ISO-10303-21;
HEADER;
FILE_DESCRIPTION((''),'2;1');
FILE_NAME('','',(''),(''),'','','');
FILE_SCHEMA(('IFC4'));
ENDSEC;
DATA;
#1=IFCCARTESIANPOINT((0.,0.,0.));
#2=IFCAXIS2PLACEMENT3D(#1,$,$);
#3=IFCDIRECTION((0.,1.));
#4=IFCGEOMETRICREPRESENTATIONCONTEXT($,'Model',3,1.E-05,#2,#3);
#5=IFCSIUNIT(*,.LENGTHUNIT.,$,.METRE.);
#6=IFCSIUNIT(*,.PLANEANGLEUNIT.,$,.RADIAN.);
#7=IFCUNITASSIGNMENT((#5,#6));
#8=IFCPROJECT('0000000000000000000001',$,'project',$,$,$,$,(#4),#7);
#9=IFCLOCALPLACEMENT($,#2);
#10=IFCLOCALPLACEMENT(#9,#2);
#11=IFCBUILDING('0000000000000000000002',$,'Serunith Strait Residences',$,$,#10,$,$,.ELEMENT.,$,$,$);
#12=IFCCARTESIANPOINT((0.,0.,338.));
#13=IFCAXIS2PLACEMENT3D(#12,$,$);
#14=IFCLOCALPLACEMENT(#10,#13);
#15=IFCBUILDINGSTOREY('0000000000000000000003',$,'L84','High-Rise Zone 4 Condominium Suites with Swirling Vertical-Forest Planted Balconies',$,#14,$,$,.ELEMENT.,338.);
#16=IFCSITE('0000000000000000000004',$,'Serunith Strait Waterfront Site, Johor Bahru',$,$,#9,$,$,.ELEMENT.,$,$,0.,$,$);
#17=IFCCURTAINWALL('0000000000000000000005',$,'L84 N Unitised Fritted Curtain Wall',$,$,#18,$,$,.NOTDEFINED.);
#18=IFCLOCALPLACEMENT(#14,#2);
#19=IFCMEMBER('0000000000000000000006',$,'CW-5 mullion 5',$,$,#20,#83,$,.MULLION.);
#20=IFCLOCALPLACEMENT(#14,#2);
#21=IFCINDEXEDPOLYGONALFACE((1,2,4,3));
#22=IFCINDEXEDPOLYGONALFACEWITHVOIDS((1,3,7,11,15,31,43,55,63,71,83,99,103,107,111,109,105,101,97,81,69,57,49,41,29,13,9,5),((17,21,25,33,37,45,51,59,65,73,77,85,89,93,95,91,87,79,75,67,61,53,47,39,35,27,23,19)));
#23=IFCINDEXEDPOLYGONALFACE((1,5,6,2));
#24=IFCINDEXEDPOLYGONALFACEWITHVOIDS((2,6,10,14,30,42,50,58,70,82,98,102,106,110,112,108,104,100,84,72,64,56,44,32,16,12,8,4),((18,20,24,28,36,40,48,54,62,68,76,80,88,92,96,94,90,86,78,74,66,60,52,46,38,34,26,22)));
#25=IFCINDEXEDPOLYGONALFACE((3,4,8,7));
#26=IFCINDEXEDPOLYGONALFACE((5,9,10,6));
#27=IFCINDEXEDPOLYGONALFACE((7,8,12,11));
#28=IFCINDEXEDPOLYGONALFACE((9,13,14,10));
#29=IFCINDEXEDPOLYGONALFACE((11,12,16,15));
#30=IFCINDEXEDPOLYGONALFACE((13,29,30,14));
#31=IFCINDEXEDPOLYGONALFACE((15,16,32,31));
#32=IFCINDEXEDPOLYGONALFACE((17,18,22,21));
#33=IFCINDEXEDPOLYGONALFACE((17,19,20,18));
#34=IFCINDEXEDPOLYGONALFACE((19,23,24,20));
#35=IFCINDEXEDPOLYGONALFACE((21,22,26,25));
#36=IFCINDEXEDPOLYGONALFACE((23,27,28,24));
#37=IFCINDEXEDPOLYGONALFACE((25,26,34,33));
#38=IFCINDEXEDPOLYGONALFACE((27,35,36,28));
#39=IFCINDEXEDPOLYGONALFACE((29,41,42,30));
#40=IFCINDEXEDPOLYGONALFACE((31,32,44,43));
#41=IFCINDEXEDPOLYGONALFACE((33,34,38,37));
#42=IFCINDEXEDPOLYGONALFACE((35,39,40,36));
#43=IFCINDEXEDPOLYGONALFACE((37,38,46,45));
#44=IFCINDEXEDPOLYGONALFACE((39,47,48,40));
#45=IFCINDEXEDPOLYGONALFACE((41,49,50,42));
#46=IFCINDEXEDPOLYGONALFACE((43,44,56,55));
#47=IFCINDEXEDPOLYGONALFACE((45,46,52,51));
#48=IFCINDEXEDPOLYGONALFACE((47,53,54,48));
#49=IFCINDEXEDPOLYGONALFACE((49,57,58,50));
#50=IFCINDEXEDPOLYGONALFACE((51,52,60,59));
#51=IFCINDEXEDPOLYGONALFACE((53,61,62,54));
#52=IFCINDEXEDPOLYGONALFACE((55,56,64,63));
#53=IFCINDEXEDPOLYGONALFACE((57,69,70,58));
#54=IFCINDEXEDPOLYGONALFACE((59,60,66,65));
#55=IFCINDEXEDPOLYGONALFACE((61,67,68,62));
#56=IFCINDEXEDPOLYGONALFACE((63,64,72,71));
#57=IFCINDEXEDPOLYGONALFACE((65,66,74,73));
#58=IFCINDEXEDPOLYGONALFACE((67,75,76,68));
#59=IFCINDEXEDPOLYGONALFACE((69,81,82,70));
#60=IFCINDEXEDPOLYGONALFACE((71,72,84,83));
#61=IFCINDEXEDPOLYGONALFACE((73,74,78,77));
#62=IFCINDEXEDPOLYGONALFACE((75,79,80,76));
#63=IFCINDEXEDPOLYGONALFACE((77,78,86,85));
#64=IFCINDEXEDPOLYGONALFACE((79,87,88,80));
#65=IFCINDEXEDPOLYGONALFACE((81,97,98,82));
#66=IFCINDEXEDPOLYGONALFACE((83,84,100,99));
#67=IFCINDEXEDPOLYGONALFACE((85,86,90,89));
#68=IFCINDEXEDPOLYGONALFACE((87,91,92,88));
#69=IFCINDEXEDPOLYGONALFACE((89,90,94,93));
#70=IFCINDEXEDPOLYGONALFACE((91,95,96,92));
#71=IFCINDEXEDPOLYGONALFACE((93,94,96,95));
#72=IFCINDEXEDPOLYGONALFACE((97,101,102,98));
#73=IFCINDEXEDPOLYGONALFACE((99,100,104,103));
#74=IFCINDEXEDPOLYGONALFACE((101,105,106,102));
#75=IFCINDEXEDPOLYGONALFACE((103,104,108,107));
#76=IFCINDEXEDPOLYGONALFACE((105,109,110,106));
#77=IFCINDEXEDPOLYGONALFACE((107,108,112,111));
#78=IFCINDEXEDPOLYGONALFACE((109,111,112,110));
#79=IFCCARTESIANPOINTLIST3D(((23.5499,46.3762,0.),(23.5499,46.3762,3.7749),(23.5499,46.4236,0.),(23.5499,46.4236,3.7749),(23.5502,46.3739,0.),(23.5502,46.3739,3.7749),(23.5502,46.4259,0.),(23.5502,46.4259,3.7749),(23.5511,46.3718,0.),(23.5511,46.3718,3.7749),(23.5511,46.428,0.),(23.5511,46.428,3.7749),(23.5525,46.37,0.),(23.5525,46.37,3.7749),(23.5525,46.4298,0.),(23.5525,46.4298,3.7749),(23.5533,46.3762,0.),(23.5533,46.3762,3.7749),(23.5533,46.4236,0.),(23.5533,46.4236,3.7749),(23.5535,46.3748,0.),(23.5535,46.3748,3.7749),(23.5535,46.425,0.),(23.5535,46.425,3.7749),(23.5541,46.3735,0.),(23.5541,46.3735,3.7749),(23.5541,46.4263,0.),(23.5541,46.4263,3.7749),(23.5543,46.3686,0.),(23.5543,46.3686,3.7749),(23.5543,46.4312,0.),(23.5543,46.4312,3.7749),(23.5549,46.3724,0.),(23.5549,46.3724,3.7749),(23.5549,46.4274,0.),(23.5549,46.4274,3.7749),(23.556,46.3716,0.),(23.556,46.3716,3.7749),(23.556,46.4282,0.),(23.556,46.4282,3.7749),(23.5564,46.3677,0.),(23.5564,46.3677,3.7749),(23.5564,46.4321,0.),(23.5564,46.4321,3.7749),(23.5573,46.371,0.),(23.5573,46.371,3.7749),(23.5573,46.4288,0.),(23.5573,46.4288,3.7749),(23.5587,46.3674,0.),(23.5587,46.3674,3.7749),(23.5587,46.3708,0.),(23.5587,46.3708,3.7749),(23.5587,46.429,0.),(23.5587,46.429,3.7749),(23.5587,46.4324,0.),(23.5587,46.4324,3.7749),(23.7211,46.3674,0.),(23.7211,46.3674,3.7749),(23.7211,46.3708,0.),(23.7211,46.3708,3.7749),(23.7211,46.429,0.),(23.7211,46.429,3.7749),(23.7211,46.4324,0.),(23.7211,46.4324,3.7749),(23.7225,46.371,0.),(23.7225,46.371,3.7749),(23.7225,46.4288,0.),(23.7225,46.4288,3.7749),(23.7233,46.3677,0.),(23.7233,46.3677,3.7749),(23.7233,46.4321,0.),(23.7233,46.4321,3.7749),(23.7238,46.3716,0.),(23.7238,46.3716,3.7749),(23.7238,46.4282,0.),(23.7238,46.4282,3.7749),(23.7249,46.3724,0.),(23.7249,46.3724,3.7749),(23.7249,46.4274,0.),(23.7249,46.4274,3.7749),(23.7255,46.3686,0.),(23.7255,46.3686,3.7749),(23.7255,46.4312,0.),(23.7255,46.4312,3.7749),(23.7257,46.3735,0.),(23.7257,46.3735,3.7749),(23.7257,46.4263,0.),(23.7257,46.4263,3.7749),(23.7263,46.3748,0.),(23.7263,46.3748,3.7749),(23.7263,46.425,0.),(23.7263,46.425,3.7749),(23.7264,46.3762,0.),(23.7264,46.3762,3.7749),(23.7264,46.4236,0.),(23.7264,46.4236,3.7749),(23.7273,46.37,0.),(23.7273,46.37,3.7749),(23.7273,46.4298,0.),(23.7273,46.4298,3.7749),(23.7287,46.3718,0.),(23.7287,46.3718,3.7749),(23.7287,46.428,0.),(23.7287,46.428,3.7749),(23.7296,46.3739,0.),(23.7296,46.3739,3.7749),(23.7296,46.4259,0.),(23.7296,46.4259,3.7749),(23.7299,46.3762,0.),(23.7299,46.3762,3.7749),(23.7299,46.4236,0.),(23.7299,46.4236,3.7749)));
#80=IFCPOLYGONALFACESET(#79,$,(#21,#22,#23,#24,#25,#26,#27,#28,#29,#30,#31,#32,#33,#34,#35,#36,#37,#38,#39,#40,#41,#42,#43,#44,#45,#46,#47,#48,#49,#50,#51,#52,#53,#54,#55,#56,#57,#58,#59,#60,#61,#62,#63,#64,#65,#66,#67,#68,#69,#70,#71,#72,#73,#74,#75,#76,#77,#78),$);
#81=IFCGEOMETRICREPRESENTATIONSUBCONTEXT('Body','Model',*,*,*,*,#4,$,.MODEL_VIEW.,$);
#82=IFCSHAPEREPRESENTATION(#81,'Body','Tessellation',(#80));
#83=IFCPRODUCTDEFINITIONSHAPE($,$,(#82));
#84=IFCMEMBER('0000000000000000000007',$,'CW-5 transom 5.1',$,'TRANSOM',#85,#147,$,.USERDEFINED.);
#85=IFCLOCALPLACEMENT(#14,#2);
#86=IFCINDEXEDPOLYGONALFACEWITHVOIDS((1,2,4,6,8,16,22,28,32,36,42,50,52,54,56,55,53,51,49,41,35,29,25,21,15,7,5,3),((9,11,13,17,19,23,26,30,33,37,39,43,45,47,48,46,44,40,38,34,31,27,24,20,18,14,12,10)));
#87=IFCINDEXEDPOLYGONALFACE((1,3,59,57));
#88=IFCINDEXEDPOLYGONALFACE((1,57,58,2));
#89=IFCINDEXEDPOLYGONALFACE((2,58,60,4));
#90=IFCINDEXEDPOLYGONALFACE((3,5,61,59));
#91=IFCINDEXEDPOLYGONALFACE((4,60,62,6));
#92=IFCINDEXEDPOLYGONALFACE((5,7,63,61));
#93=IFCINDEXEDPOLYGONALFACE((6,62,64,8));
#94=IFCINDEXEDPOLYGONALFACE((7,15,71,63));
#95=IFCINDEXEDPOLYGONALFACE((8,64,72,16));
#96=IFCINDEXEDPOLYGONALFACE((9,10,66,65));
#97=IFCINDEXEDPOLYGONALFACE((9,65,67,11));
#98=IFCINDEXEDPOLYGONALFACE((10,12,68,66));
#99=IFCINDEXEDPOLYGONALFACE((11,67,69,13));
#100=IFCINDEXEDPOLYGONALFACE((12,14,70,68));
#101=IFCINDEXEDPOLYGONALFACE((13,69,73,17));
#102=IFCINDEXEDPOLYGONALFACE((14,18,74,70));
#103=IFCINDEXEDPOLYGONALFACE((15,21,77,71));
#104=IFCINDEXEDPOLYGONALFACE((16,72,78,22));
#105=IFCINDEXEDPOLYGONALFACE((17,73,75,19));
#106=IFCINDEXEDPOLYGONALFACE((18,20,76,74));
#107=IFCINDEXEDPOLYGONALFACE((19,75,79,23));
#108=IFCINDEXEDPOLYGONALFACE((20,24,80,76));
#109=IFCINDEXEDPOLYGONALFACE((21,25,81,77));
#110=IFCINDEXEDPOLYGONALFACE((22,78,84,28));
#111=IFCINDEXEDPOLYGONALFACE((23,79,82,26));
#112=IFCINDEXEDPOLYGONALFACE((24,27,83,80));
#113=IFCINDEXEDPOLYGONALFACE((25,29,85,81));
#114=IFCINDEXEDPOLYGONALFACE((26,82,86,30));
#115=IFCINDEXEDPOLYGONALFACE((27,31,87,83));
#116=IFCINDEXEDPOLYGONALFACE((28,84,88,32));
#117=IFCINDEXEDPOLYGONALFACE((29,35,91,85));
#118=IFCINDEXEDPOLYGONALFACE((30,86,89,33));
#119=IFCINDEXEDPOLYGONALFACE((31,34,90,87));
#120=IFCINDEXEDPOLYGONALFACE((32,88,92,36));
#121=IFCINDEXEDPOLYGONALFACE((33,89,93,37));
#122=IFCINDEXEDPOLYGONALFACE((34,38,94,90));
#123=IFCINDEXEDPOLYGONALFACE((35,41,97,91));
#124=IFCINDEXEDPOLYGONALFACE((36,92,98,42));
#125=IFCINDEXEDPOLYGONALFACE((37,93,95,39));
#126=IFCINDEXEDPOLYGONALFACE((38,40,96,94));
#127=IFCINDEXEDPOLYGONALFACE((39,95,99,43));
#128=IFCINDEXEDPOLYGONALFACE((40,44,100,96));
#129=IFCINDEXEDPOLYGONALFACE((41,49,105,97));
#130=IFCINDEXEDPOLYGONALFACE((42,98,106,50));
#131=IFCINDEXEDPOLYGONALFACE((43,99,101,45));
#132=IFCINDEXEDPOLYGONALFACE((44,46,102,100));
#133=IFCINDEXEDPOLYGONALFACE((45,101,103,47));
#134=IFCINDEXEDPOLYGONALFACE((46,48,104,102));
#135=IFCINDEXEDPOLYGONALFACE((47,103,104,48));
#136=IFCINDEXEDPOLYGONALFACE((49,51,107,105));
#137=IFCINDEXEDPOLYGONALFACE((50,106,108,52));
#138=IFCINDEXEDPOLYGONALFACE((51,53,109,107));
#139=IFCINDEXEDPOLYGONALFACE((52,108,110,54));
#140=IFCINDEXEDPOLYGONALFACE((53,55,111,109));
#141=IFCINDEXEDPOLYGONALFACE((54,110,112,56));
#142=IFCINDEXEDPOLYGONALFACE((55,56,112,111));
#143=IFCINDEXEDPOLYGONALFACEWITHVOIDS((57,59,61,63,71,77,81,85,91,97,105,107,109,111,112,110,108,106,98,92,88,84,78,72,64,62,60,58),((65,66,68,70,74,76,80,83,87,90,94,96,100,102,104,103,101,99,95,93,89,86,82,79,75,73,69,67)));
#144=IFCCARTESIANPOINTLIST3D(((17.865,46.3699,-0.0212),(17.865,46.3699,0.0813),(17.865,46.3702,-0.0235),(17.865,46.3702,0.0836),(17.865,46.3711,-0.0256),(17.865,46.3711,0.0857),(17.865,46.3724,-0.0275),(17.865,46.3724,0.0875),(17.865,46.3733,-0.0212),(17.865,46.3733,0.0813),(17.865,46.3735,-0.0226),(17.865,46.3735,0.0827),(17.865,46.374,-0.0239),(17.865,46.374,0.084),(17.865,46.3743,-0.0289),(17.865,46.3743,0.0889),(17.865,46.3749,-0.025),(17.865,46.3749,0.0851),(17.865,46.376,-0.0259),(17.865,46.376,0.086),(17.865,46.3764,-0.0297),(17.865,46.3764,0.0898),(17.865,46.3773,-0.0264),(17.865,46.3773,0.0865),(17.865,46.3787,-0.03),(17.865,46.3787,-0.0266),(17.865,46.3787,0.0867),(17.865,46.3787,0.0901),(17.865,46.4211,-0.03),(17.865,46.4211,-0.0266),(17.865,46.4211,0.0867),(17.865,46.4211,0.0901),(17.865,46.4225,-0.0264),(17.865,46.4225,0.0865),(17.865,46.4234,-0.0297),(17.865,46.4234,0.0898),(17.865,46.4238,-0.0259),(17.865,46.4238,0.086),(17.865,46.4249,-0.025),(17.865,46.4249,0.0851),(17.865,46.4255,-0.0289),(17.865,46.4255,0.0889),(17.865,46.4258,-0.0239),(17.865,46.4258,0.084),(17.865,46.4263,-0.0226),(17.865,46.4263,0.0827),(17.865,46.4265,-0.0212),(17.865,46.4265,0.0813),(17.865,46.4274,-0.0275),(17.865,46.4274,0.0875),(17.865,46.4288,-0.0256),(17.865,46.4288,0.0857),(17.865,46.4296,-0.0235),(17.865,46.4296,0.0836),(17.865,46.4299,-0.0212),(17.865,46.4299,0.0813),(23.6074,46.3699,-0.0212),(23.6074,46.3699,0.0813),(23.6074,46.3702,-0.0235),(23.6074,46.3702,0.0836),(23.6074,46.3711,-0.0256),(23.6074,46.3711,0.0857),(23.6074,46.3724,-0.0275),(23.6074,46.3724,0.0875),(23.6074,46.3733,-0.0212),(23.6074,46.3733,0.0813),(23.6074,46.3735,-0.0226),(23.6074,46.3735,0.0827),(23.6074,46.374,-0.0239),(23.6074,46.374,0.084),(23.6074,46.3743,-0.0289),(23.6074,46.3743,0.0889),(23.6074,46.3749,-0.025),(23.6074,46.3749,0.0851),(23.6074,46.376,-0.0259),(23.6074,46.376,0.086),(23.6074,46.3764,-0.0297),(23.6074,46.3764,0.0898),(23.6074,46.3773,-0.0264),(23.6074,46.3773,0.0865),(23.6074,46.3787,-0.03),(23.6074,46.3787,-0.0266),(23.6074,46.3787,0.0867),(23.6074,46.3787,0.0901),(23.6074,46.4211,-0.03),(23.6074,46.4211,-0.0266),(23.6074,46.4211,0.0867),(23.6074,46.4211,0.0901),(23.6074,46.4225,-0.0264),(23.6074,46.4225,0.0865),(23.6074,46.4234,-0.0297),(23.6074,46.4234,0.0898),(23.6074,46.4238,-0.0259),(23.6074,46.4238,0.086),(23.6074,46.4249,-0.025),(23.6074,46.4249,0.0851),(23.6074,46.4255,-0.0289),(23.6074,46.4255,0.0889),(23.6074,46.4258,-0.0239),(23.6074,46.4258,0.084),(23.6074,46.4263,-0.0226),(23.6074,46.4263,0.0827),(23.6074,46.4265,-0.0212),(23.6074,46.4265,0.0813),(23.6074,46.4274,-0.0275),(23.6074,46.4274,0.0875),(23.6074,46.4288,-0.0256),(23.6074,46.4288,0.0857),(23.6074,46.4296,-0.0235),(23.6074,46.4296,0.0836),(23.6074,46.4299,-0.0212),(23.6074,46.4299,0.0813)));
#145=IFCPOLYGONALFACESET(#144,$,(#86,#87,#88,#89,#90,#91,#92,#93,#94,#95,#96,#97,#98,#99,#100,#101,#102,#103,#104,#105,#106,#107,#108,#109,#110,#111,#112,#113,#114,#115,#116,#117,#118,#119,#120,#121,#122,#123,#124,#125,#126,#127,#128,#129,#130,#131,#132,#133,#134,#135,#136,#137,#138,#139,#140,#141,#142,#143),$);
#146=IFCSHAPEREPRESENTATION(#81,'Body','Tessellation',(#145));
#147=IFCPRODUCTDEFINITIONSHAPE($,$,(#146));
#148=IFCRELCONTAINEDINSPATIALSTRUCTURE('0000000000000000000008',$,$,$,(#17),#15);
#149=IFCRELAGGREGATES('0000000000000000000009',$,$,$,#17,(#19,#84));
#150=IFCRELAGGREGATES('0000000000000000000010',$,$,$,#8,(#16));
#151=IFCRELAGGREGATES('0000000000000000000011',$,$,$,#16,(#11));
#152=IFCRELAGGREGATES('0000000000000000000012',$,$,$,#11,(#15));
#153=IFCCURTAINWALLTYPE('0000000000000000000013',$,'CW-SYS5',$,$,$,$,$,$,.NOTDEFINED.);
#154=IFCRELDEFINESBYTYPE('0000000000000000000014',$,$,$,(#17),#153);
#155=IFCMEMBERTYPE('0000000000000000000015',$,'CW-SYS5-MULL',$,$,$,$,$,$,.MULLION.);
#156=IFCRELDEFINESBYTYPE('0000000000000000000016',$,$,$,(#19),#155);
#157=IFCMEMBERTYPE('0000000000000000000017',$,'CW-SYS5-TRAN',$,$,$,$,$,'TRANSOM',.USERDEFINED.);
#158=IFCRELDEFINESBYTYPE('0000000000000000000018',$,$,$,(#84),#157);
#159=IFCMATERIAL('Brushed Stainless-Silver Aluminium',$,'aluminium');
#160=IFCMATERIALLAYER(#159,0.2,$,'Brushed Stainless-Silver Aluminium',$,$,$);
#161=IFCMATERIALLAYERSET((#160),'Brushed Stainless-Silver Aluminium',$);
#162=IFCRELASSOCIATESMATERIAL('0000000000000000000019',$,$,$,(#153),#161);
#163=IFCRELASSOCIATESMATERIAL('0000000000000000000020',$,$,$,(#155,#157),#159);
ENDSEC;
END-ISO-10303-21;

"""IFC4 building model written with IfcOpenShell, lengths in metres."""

from ifc_helpers import new_model, si_unit, direction, frame, origin, origin_2d, place, context, subcontext, project, spatial, hollow_rectangle, extrude, source, transform, mapped, material, layer, layer_set, material_profile, profile_set, type_object, element, aggregate, save


model = new_model("IFC4")

# Units and contexts
model_context = context("Model", 3, precision=1e-05, world=origin(), true_north=direction((0.0, 1.0)))
body_context = subcontext(model_context, "Body", "Model", "MODEL_VIEW")
ifc_project = project(units=[si_unit("LENGTHUNIT", "METRE"), si_unit("PLANEANGLEUNIT", "RADIAN")], contexts=[model_context])

# Site, building, storey
site_placement = place(None, origin())
site = spatial("IfcSite", under=ifc_project, at=site_placement, Name="Serunith Strait Waterfront Site, Johor Bahru", CompositionType="ELEMENT", RefElevation=0.0)
building_placement = place(site_placement, origin())
building = spatial("IfcBuilding", under=site, at=building_placement, Name="Serunith Strait Residences", CompositionType="ELEMENT")
storey_placement = place(building_placement, frame((0.0, 0.0, 338.0)))
storey = spatial("IfcBuildingStorey", under=building, at=storey_placement, Name="L84", Description="High-Rise Zone 4 Condominium Suites with Swirling Vertical-Forest Planted Balconies", CompositionType="ELEMENT", Elevation=338.0)

# Curtain wall, members
ifc_material_1 = material(Name="Brushed Stainless-Silver Aluminium", Category="aluminium")
ifc_layer_1 = layer(ifc_material_1, 0.2, Name="Brushed Stainless-Silver Aluminium")
ifc_layer_set_1 = layer_set([ifc_layer_1], Name="Brushed Stainless-Silver Aluminium")
curtain_wall_type = type_object("IfcCurtainWallType", Name="CW-SYS5", PredefinedType="NOTDEFINED", material=ifc_layer_set_1)
curtain_wall_placement = place(storey_placement, origin())
curtain_wall = element("IfcCurtainWall", 1, at=curtain_wall_placement, inside=storey, type_object=curtain_wall_type, Name="L84 N Unitised Fritted Curtain Wall", PredefinedType="NOTDEFINED")
ifc_material_profile_1 = material_profile(ifc_material_1, hollow_rectangle(XDim=0.0649, YDim=0.1799, WallThickness=0.0034, InnerFilletRadius=0.0054, OuterFilletRadius=0.0088, at=origin_2d()), Name="ALU 180x65x3.5")
ifc_profile_set_1 = profile_set([ifc_material_profile_1], Name="Brushed Stainless-Silver Aluminium")
member_type_1 = type_object("IfcMemberType", Name="CW-SYS5-MULL", PredefinedType="MULLION", material=ifc_profile_set_1)
shared_shape_1 = source(origin(), body_context, "Body", "SweptSolid", [
    extrude(hollow_rectangle(XDim=0.0649, YDim=0.1799, WallThickness=0.0034, InnerFilletRadius=0.0054, OuterFilletRadius=0.0088, at=origin_2d()), origin(), (0.0, 0.0, 1.0), 3.7749),
])
member_1_placement = place(storey_placement, frame((23.6399, 46.3999, 0.0), z_axis=(0.0, 0.0, 1.0), x_axis=(0.0, -1.0, 0.0)))
member_1 = element("IfcMember", 2, at=member_1_placement, type_object=member_type_1, Name="CW-5 mullion 5", PredefinedType="MULLION", context=body_context, shape_type="MappedRepresentation", body=[
    mapped(shared_shape_1, transform((0.0, 0.0, 0.0), scale=1.0)),
])
ifc_material_profile_2 = material_profile(ifc_material_1, hollow_rectangle(XDim=0.0601, YDim=0.1201, WallThickness=0.0034, InnerFilletRadius=0.0054, OuterFilletRadius=0.0088, at=origin_2d()), Name="ALU 120x60x3.5")
ifc_profile_set_2 = profile_set([ifc_material_profile_2], Name="Brushed Stainless-Silver Aluminium")
member_type_2 = type_object("IfcMemberType", Name="CW-SYS5-TRAN", ElementType="TRANSOM", PredefinedType="USERDEFINED", material=ifc_profile_set_2)
shared_shape_2 = source(origin(), body_context, "Body", "SweptSolid", [
    extrude(hollow_rectangle(XDim=0.0601, YDim=0.1201, WallThickness=0.0034, InnerFilletRadius=0.0054, OuterFilletRadius=0.0088, at=origin_2d()), origin(), (0.0, 0.0, 1.0), 5.7424),
])
member_2_placement = place(storey_placement, frame((23.6074, 46.3999, 0.03), z_axis=(-1.0, 0.0, 0.0), x_axis=(0.0, -1.0, 0.0)))
member_2 = element("IfcMember", 3, at=member_2_placement, type_object=member_type_2, Name="CW-5 transom 5.1", ObjectType="TRANSOM", PredefinedType="USERDEFINED", context=body_context, shape_type="MappedRepresentation", body=[
    mapped(shared_shape_2, transform((0.0, 0.0, 0.0), scale=1.0)),
])
aggregate(curtain_wall, [member_1, member_2])

save(model, "model.ifc")
